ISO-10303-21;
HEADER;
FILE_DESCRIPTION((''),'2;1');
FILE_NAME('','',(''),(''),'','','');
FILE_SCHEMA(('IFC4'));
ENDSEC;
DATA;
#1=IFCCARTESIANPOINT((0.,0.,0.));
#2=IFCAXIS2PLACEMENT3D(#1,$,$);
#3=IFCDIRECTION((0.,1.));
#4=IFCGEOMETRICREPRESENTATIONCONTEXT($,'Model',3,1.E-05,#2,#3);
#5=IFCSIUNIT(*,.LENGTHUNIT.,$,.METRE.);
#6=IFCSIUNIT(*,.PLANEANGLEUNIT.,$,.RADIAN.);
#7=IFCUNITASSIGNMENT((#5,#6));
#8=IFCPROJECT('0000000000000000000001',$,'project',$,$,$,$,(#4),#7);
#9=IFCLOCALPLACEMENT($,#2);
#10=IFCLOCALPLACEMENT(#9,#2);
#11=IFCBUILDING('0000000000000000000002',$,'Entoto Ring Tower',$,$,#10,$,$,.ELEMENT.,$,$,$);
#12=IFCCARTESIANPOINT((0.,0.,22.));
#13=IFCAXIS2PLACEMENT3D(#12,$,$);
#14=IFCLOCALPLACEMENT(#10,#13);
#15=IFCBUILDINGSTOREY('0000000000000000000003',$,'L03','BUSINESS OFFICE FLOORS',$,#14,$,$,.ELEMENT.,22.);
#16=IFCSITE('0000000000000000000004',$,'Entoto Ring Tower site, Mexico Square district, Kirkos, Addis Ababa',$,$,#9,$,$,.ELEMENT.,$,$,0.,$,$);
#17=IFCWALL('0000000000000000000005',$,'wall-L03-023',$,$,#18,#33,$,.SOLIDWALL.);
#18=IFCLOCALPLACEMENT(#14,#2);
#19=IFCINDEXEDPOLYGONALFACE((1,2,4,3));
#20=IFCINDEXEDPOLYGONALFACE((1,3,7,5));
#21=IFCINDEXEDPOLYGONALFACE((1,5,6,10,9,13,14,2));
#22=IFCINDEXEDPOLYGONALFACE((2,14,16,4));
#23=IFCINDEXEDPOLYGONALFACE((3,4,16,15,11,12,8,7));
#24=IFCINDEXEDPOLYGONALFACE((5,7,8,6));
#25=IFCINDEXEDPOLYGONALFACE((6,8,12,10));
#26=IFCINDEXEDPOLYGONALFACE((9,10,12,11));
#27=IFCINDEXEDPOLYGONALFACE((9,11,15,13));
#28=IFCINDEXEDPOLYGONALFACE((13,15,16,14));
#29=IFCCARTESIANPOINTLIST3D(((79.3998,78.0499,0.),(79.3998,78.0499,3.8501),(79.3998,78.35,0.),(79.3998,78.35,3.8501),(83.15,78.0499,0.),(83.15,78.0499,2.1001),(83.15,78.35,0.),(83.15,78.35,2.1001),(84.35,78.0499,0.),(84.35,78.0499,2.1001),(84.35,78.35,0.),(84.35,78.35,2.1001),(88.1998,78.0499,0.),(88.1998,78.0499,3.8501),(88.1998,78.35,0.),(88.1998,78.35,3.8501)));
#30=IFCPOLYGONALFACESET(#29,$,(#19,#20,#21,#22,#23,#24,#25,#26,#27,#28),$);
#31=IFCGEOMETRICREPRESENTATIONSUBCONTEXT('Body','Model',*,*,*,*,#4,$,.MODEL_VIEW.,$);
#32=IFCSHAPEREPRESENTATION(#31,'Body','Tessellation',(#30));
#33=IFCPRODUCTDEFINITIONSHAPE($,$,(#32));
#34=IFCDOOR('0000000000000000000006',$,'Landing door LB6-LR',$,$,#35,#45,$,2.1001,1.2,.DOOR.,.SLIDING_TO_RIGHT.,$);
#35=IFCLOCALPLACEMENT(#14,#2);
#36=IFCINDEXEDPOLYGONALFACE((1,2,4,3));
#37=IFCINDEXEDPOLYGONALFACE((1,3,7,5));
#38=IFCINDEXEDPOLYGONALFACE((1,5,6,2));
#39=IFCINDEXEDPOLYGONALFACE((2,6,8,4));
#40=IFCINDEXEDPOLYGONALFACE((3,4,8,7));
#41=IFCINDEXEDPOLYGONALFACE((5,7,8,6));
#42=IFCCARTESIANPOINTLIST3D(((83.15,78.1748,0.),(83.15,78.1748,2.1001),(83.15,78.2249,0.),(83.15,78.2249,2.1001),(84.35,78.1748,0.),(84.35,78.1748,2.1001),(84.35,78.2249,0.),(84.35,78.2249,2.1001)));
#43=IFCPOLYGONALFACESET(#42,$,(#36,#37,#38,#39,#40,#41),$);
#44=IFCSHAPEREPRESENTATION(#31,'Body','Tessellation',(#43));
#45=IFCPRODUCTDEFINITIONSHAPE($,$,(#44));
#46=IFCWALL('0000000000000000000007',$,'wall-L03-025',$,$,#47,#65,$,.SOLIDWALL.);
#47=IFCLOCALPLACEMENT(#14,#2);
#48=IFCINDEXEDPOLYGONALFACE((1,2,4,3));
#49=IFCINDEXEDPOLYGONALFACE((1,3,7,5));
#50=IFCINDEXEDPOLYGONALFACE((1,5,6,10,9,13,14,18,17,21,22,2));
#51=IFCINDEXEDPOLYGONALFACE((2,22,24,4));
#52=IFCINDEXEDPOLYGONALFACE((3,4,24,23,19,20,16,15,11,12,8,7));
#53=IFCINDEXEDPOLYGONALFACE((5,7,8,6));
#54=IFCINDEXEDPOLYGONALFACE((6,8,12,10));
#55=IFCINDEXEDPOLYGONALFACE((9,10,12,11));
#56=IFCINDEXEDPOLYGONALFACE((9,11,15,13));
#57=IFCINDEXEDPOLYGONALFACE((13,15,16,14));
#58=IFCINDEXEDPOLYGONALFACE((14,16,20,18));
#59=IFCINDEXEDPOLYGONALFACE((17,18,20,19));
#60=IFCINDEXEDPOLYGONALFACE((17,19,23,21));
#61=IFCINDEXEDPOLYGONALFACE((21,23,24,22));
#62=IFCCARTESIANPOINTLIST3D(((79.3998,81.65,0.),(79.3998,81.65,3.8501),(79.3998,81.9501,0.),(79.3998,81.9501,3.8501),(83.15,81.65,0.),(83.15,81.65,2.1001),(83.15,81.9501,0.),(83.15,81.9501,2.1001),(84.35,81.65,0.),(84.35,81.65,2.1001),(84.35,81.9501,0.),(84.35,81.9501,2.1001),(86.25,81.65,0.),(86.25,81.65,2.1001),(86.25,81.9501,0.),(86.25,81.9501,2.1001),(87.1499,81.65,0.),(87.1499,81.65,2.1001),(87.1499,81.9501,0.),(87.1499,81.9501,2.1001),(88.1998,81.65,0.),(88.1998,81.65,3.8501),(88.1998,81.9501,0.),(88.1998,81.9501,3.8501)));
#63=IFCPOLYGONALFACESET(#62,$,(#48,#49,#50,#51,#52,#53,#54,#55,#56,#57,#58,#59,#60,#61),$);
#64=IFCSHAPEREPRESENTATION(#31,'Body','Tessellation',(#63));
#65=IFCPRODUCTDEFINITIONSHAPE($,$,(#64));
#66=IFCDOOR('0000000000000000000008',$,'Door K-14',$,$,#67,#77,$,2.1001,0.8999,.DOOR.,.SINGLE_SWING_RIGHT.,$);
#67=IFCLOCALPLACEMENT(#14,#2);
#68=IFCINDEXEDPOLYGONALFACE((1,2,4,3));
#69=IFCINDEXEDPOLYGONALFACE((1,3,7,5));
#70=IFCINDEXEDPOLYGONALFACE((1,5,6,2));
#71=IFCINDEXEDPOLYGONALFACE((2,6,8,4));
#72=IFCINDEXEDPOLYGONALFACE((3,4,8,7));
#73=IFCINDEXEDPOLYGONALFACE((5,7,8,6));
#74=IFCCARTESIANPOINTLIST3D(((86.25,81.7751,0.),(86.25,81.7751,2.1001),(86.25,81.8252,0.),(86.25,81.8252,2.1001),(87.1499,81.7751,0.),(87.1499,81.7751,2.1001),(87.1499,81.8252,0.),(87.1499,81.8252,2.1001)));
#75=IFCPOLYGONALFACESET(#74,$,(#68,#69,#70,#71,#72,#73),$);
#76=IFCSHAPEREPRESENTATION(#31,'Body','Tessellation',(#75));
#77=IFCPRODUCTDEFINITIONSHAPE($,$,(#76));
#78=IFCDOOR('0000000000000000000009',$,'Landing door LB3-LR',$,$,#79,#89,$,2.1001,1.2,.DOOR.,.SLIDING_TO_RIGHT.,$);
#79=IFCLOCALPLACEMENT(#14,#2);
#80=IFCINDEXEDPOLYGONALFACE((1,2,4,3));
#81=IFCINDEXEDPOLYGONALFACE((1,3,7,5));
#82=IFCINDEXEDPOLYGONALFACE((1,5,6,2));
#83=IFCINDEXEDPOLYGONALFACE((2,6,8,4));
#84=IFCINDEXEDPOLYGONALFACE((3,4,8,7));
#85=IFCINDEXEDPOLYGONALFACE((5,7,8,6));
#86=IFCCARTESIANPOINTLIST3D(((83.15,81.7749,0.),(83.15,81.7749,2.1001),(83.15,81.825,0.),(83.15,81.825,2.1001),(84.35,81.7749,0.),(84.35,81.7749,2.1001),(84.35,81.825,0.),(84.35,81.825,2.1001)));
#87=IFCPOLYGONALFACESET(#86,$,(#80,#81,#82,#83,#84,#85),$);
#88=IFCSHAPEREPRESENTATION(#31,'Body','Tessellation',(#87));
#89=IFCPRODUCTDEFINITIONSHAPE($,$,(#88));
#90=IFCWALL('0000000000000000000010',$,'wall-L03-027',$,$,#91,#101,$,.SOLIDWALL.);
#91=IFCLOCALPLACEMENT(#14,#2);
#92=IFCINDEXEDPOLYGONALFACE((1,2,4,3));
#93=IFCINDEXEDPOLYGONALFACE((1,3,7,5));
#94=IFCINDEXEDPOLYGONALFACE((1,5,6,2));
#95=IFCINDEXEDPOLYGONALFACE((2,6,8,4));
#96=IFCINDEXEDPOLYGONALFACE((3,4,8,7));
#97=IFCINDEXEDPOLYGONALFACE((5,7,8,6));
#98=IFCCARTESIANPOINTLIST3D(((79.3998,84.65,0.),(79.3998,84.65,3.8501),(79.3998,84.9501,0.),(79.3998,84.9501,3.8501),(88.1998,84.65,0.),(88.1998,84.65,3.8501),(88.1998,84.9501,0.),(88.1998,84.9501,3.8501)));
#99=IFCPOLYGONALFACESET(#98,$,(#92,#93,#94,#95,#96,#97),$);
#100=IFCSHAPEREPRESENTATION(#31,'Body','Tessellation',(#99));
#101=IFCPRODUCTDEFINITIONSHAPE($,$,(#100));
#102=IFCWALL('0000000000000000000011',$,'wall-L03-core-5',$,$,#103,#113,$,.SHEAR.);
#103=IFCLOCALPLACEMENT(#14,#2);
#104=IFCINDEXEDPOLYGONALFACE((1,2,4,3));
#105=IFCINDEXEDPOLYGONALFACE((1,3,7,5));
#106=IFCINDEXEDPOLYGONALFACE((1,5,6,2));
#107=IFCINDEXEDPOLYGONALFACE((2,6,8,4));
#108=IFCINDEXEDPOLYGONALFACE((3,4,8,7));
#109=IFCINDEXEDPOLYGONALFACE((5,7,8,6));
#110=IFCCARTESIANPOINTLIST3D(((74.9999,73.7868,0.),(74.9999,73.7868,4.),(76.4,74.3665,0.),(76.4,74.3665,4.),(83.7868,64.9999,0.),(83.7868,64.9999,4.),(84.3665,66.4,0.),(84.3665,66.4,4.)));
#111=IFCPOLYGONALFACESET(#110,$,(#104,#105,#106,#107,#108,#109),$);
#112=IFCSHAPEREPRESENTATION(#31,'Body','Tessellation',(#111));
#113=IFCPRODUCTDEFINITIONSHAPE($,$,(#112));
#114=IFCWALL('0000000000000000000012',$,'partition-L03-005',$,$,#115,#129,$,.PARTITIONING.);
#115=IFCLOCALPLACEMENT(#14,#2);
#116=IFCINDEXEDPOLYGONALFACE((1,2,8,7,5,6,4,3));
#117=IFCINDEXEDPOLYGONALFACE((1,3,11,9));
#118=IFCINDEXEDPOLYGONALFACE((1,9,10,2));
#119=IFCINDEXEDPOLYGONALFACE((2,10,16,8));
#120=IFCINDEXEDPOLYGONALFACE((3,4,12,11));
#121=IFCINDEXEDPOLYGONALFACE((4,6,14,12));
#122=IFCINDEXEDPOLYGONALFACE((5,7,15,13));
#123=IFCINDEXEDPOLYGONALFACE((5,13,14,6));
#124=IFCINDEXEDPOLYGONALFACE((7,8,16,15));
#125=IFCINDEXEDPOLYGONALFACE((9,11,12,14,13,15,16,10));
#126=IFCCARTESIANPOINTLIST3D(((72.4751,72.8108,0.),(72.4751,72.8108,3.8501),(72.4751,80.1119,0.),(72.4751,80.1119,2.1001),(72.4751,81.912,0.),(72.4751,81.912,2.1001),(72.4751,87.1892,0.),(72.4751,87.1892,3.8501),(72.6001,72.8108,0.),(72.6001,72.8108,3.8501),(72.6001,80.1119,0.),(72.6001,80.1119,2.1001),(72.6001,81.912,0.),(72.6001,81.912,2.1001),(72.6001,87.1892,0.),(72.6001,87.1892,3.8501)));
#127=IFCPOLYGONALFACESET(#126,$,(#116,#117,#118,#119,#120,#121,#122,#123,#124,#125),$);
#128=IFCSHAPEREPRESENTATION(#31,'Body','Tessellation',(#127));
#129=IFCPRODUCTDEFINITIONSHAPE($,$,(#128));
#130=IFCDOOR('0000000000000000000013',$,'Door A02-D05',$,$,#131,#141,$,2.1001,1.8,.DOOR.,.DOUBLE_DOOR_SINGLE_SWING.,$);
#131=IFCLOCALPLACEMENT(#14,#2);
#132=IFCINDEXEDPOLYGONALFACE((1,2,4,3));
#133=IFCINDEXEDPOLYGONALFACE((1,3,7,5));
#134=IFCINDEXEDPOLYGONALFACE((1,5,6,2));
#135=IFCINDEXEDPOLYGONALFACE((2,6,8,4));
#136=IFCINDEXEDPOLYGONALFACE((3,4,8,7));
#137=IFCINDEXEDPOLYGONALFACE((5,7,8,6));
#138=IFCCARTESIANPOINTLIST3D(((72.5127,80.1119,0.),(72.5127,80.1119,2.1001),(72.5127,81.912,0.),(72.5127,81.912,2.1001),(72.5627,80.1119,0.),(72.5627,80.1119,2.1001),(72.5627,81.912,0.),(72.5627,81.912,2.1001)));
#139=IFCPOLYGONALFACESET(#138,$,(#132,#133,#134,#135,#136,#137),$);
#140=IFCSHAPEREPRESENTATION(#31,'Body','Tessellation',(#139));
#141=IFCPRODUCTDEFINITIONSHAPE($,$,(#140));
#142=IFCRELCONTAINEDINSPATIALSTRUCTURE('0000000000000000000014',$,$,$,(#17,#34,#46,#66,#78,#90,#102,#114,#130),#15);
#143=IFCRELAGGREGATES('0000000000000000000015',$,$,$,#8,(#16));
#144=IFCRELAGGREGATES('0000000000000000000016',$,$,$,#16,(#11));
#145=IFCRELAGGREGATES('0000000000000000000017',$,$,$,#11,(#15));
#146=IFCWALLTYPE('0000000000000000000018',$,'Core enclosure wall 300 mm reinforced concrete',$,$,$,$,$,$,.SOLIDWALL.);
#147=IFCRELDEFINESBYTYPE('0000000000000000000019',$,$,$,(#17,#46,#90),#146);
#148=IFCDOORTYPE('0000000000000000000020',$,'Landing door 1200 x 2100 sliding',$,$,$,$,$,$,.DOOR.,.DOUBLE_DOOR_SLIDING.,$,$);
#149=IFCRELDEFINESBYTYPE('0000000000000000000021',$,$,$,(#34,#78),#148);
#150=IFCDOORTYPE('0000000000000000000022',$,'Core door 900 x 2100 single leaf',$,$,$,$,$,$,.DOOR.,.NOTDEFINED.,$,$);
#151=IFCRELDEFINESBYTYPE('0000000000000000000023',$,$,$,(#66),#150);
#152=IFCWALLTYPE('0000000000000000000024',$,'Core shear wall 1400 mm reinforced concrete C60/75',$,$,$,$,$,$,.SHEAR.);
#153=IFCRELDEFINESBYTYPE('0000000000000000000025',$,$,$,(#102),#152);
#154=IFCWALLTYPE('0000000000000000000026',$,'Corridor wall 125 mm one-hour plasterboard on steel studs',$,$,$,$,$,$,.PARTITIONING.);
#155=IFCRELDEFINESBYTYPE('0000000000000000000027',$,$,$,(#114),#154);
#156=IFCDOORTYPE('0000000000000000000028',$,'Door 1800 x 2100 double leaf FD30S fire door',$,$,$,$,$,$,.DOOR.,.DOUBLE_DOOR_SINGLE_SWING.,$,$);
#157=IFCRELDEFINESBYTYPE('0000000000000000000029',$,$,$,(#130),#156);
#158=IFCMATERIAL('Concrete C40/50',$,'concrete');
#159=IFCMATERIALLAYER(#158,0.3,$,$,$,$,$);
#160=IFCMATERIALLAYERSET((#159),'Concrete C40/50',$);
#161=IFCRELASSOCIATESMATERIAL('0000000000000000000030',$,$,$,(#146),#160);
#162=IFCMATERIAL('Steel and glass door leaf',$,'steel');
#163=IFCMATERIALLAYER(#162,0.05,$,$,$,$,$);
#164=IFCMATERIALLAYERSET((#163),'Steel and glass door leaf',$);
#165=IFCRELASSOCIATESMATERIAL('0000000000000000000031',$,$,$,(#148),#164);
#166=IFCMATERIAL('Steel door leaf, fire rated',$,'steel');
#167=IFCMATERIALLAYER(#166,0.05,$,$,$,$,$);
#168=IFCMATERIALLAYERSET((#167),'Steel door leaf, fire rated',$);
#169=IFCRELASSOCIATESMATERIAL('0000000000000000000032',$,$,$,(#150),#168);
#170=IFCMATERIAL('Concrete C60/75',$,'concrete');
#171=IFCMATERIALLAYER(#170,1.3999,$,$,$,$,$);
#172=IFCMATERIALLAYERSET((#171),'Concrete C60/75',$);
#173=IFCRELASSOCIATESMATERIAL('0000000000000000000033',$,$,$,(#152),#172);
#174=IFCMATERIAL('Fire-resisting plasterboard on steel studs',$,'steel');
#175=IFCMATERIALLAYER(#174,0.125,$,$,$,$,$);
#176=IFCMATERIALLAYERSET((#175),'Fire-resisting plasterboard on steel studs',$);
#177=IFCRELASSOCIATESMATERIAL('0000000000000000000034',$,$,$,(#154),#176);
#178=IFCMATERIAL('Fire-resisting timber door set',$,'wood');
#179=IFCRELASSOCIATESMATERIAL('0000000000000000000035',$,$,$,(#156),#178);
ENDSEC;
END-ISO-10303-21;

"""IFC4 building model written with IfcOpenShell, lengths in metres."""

from ifc_helpers import new_model, si_unit, direction, frame, frame_2d, origin, place, context, subcontext, project, spatial, polyline, rectangle, outline, extrude, material, layer, layer_set, type_object, element, fill, save


model = new_model("IFC4")

# Units and contexts
model_context = context("Model", 3, precision=1e-05, world=origin(), true_north=direction((0.0, 1.0)))
body_context = subcontext(model_context, "Body", "Model", "MODEL_VIEW")
ifc_project = project(units=[si_unit("LENGTHUNIT", "METRE"), si_unit("PLANEANGLEUNIT", "RADIAN")], contexts=[model_context])

# Site, building, storey
site_placement = place(None, origin())
site = spatial("IfcSite", under=ifc_project, at=site_placement, Name="Entoto Ring Tower site, Mexico Square district, Kirkos, Addis Ababa", CompositionType="ELEMENT", RefElevation=0.0)
building_placement = place(site_placement, origin())
building = spatial("IfcBuilding", under=site, at=building_placement, Name="Entoto Ring Tower", CompositionType="ELEMENT")
storey_placement = place(building_placement, frame((0.0, 0.0, 22.0)))
storey = spatial("IfcBuildingStorey", under=building, at=storey_placement, Name="L03", Description="BUSINESS OFFICE FLOORS", CompositionType="ELEMENT", Elevation=22.0)

# Shared definitions
ifc_material_1 = material(Name="Concrete C40/50", Category="concrete")
ifc_layer_1 = layer(ifc_material_1, 0.3)
ifc_layer_set_1 = layer_set([ifc_layer_1], Name="Concrete C40/50")
wall_type_1 = type_object("IfcWallType", Name="Core enclosure wall 300 mm reinforced concrete", PredefinedType="SOLIDWALL", material=ifc_layer_set_1)

# Wall, opening, door
wall_1_placement = place(storey_placement, frame((79.3999, 78.2, 0.0), z_axis=(0.0, 0.0, 1.0), x_axis=(1.0, 0.0, 0.0)))
wall_1 = element("IfcWall", 1, at=wall_1_placement, inside=storey, type_object=wall_type_1, Name="wall-L03-023", PredefinedType="SOLIDWALL", context=body_context, shape_type="SweptSolid", body=[
    extrude(rectangle(XDim=8.8, YDim=0.3, at=frame_2d((4.3999, 0.0))), origin(), (0.0, 0.0, 1.0), 3.8501),
])
opening_1_placement = place(wall_1_placement, frame((3.75, 0.0, 0.0)))
opening_1 = element("IfcOpeningElement", 2, at=opening_1_placement, cuts=wall_1, PredefinedType="OPENING", context=body_context, shape_type="SweptSolid", body=[
    extrude(rectangle(XDim=1.2, YDim=2.1001, at=frame_2d((0.6001, 1.05))), frame((0.0, 0.1602, 0.0), z_axis=(0.0, -1.0, 0.0), x_axis=(1.0, 0.0, 0.0)), (0.0, 0.0, 1.0), 0.3201),
])
ifc_material_2 = material(Name="Steel and glass door leaf", Category="steel")
ifc_layer_2 = layer(ifc_material_2, 0.05)
ifc_layer_set_2 = layer_set([ifc_layer_2], Name="Steel and glass door leaf")
door_type_1 = type_object("IfcDoorType", Name="Landing door 1200 x 2100 sliding", OperationType="DOUBLE_DOOR_SLIDING", PredefinedType="DOOR", material=ifc_layer_set_2)
door_1_placement = place(opening_1_placement, origin())
door_1 = element("IfcDoor", 3, at=door_1_placement, inside=storey, type_object=door_type_1, Name="Landing door LB6-LR", OperationType="SLIDING_TO_RIGHT", OverallHeight=2.1001, OverallWidth=1.2, PredefinedType="DOOR", context=body_context, shape_type="SweptSolid", body=[
    extrude(rectangle(XDim=1.2, YDim=2.1001, at=frame_2d((0.6001, 1.05))), frame((0.0, 0.0249, 0.0), z_axis=(0.0, -1.0, 0.0), x_axis=(1.0, 0.0, 0.0)), (0.0, 0.0, 1.0), 0.05),
])
fill(opening_1, door_1)

# Wall, openings, doors
wall_2_placement = place(storey_placement, frame((79.3999, 81.8, 0.0), z_axis=(0.0, 0.0, 1.0), x_axis=(1.0, 0.0, 0.0)))
wall_2 = element("IfcWall", 4, at=wall_2_placement, inside=storey, type_object=wall_type_1, Name="wall-L03-025", PredefinedType="SOLIDWALL", context=body_context, shape_type="SweptSolid", body=[
    extrude(rectangle(XDim=8.8, YDim=0.3, at=frame_2d((4.3999, 0.0))), origin(), (0.0, 0.0, 1.0), 3.8501),
])
opening_2_placement = place(wall_2_placement, frame((3.75, 0.0, 0.0)))
opening_2 = element("IfcOpeningElement", 5, at=opening_2_placement, cuts=wall_2, PredefinedType="OPENING", context=body_context, shape_type="SweptSolid", body=[
    extrude(rectangle(XDim=1.2, YDim=2.1001, at=frame_2d((0.6001, 1.05))), frame((0.0, 0.1602, 0.0), z_axis=(0.0, -1.0, 0.0), x_axis=(1.0, 0.0, 0.0)), (0.0, 0.0, 1.0), 0.3201),
])
opening_3_placement = place(wall_2_placement, frame((6.8501, 0.0, 0.0)))
opening_3 = element("IfcOpeningElement", 6, at=opening_3_placement, cuts=wall_2, PredefinedType="OPENING", context=body_context, shape_type="SweptSolid", body=[
    extrude(rectangle(XDim=0.8999, YDim=2.1001, at=frame_2d((0.45, 1.05))), frame((0.0, 0.1602, 0.0), z_axis=(0.0, -1.0, 0.0), x_axis=(1.0, 0.0, 0.0)), (0.0, 0.0, 1.0), 0.3201),
])
ifc_material_3 = material(Name="Steel door leaf, fire rated", Category="steel")
ifc_layer_3 = layer(ifc_material_3, 0.05)
ifc_layer_set_3 = layer_set([ifc_layer_3], Name="Steel door leaf, fire rated")
door_type_2 = type_object("IfcDoorType", Name="Core door 900 x 2100 single leaf", OperationType="NOTDEFINED", PredefinedType="DOOR", material=ifc_layer_set_3)
door_2_placement = place(opening_3_placement, frame((0.8999, 0.0, 0.0), z_axis=(0.0, 0.0, 1.0), x_axis=(-1.0, 0.0, 0.0)))
door_2 = element("IfcDoor", 7, at=door_2_placement, inside=storey, type_object=door_type_2, Name="Door K-14", OperationType="SINGLE_SWING_RIGHT", OverallHeight=2.1001, OverallWidth=0.8999, PredefinedType="DOOR", context=body_context, shape_type="SweptSolid", body=[
    extrude(rectangle(XDim=0.8999, YDim=2.1001, at=frame_2d((0.45, 1.05))), frame((0.0, 0.0249, 0.0), z_axis=(0.0, -1.0, 0.0), x_axis=(1.0, 0.0, 0.0)), (0.0, 0.0, 1.0), 0.05),
])
fill(opening_3, door_2)
door_3_placement = place(opening_2_placement, origin())
door_3 = element("IfcDoor", 8, at=door_3_placement, inside=storey, type_object=door_type_1, Name="Landing door LB3-LR", OperationType="SLIDING_TO_RIGHT", OverallHeight=2.1001, OverallWidth=1.2, PredefinedType="DOOR", context=body_context, shape_type="SweptSolid", body=[
    extrude(rectangle(XDim=1.2, YDim=2.1001, at=frame_2d((0.6001, 1.05))), frame((0.0, 0.0249, 0.0), z_axis=(0.0, -1.0, 0.0), x_axis=(1.0, 0.0, 0.0)), (0.0, 0.0, 1.0), 0.05),
])
fill(opening_2, door_3)

# Walls
wall_3_placement = place(storey_placement, frame((79.3999, 84.8, 0.0), z_axis=(0.0, 0.0, 1.0), x_axis=(1.0, 0.0, 0.0)))
element("IfcWall", 9, at=wall_3_placement, inside=storey, type_object=wall_type_1, Name="wall-L03-027", PredefinedType="SOLIDWALL", context=body_context, shape_type="SweptSolid", body=[
    extrude(rectangle(XDim=8.8, YDim=0.3, at=frame_2d((4.3999, 0.0))), origin(), (0.0, 0.0, 1.0), 3.8501),
])
ifc_material_4 = material(Name="Concrete C60/75", Category="concrete")
ifc_layer_4 = layer(ifc_material_4, 1.3999)
ifc_layer_set_4 = layer_set([ifc_layer_4], Name="Concrete C60/75")
wall_type_2 = type_object("IfcWallType", Name="Core shear wall 1400 mm reinforced concrete C60/75", PredefinedType="SHEAR", material=ifc_layer_set_4)
wall_4_placement = place(storey_placement, frame((75.7, 74.0767, 0.0), z_axis=(0.0, 0.0, 1.0), x_axis=(0.707107, -0.707107, 0.0)))
element("IfcWall", 10, at=wall_4_placement, inside=storey, type_object=wall_type_2, Name="wall-L03-core-5", PredefinedType="SHEAR", context=body_context, shape_type="SweptSolid", body=[
    extrude(outline(polyline([(-0.29, -0.7), (12.1365, -0.7), (11.5564, 0.7), (0.29, 0.7), (-0.29, -0.7)])), origin(), (0.0, 0.0, 1.0), 4.0),
])

# Wall, opening, door
ifc_material_5 = material(Name="Fire-resisting plasterboard on steel studs", Category="steel")
ifc_layer_5 = layer(ifc_material_5, 0.125)
ifc_layer_set_5 = layer_set([ifc_layer_5], Name="Fire-resisting plasterboard on steel studs")
wall_type_3 = type_object("IfcWallType", Name="Corridor wall 125 mm one-hour plasterboard on steel studs", PredefinedType="PARTITIONING", material=ifc_layer_set_5)
wall_5_placement = place(storey_placement, frame((72.5376, 72.8108, 0.0), z_axis=(0.0, 0.0, 1.0), x_axis=(0.0, 1.0, 0.0)))
wall_5 = element("IfcWall", 11, at=wall_5_placement, inside=storey, type_object=wall_type_3, Name="partition-L03-005", PredefinedType="PARTITIONING", context=body_context, shape_type="SweptSolid", body=[
    extrude(rectangle(XDim=14.3784, YDim=0.125, at=frame_2d((7.1892, 0.0))), origin(), (0.0, 0.0, 1.0), 3.8501),
])
opening_4_placement = place(wall_5_placement, frame((7.3013, 0.0, 0.0)))
opening_4 = element("IfcOpeningElement", 12, at=opening_4_placement, cuts=wall_5, PredefinedType="OPENING", context=body_context, shape_type="SweptSolid", body=[
    extrude(rectangle(XDim=1.8, YDim=2.1001, at=frame_2d((0.8999, 1.05))), frame((0.0, 0.0725, 0.0), z_axis=(0.0, -1.0, 0.0), x_axis=(1.0, 0.0, 0.0)), (0.0, 0.0, 1.0), 0.145),
])
ifc_material_6 = material(Name="Fire-resisting timber door set", Category="wood")
door_type_3 = type_object("IfcDoorType", Name="Door 1800 x 2100 double leaf FD30S fire door", OperationType="DOUBLE_DOOR_SINGLE_SWING", PredefinedType="DOOR", material=ifc_material_6)
door_4_placement = place(opening_4_placement, origin())
door_4 = element("IfcDoor", 13, at=door_4_placement, inside=storey, type_object=door_type_3, Name="Door A02-D05", OperationType="DOUBLE_DOOR_SINGLE_SWING", OverallHeight=2.1001, OverallWidth=1.8, PredefinedType="DOOR", context=body_context, shape_type="SweptSolid", body=[
    extrude(rectangle(XDim=1.8, YDim=2.1001, at=frame_2d((0.8999, 1.05))), frame((0.0, 0.0249, 0.0), z_axis=(0.0, -1.0, 0.0), x_axis=(1.0, 0.0, 0.0)), (0.0, 0.0, 1.0), 0.05),
])
fill(opening_4, door_4)

save(model, "model.ifc")
